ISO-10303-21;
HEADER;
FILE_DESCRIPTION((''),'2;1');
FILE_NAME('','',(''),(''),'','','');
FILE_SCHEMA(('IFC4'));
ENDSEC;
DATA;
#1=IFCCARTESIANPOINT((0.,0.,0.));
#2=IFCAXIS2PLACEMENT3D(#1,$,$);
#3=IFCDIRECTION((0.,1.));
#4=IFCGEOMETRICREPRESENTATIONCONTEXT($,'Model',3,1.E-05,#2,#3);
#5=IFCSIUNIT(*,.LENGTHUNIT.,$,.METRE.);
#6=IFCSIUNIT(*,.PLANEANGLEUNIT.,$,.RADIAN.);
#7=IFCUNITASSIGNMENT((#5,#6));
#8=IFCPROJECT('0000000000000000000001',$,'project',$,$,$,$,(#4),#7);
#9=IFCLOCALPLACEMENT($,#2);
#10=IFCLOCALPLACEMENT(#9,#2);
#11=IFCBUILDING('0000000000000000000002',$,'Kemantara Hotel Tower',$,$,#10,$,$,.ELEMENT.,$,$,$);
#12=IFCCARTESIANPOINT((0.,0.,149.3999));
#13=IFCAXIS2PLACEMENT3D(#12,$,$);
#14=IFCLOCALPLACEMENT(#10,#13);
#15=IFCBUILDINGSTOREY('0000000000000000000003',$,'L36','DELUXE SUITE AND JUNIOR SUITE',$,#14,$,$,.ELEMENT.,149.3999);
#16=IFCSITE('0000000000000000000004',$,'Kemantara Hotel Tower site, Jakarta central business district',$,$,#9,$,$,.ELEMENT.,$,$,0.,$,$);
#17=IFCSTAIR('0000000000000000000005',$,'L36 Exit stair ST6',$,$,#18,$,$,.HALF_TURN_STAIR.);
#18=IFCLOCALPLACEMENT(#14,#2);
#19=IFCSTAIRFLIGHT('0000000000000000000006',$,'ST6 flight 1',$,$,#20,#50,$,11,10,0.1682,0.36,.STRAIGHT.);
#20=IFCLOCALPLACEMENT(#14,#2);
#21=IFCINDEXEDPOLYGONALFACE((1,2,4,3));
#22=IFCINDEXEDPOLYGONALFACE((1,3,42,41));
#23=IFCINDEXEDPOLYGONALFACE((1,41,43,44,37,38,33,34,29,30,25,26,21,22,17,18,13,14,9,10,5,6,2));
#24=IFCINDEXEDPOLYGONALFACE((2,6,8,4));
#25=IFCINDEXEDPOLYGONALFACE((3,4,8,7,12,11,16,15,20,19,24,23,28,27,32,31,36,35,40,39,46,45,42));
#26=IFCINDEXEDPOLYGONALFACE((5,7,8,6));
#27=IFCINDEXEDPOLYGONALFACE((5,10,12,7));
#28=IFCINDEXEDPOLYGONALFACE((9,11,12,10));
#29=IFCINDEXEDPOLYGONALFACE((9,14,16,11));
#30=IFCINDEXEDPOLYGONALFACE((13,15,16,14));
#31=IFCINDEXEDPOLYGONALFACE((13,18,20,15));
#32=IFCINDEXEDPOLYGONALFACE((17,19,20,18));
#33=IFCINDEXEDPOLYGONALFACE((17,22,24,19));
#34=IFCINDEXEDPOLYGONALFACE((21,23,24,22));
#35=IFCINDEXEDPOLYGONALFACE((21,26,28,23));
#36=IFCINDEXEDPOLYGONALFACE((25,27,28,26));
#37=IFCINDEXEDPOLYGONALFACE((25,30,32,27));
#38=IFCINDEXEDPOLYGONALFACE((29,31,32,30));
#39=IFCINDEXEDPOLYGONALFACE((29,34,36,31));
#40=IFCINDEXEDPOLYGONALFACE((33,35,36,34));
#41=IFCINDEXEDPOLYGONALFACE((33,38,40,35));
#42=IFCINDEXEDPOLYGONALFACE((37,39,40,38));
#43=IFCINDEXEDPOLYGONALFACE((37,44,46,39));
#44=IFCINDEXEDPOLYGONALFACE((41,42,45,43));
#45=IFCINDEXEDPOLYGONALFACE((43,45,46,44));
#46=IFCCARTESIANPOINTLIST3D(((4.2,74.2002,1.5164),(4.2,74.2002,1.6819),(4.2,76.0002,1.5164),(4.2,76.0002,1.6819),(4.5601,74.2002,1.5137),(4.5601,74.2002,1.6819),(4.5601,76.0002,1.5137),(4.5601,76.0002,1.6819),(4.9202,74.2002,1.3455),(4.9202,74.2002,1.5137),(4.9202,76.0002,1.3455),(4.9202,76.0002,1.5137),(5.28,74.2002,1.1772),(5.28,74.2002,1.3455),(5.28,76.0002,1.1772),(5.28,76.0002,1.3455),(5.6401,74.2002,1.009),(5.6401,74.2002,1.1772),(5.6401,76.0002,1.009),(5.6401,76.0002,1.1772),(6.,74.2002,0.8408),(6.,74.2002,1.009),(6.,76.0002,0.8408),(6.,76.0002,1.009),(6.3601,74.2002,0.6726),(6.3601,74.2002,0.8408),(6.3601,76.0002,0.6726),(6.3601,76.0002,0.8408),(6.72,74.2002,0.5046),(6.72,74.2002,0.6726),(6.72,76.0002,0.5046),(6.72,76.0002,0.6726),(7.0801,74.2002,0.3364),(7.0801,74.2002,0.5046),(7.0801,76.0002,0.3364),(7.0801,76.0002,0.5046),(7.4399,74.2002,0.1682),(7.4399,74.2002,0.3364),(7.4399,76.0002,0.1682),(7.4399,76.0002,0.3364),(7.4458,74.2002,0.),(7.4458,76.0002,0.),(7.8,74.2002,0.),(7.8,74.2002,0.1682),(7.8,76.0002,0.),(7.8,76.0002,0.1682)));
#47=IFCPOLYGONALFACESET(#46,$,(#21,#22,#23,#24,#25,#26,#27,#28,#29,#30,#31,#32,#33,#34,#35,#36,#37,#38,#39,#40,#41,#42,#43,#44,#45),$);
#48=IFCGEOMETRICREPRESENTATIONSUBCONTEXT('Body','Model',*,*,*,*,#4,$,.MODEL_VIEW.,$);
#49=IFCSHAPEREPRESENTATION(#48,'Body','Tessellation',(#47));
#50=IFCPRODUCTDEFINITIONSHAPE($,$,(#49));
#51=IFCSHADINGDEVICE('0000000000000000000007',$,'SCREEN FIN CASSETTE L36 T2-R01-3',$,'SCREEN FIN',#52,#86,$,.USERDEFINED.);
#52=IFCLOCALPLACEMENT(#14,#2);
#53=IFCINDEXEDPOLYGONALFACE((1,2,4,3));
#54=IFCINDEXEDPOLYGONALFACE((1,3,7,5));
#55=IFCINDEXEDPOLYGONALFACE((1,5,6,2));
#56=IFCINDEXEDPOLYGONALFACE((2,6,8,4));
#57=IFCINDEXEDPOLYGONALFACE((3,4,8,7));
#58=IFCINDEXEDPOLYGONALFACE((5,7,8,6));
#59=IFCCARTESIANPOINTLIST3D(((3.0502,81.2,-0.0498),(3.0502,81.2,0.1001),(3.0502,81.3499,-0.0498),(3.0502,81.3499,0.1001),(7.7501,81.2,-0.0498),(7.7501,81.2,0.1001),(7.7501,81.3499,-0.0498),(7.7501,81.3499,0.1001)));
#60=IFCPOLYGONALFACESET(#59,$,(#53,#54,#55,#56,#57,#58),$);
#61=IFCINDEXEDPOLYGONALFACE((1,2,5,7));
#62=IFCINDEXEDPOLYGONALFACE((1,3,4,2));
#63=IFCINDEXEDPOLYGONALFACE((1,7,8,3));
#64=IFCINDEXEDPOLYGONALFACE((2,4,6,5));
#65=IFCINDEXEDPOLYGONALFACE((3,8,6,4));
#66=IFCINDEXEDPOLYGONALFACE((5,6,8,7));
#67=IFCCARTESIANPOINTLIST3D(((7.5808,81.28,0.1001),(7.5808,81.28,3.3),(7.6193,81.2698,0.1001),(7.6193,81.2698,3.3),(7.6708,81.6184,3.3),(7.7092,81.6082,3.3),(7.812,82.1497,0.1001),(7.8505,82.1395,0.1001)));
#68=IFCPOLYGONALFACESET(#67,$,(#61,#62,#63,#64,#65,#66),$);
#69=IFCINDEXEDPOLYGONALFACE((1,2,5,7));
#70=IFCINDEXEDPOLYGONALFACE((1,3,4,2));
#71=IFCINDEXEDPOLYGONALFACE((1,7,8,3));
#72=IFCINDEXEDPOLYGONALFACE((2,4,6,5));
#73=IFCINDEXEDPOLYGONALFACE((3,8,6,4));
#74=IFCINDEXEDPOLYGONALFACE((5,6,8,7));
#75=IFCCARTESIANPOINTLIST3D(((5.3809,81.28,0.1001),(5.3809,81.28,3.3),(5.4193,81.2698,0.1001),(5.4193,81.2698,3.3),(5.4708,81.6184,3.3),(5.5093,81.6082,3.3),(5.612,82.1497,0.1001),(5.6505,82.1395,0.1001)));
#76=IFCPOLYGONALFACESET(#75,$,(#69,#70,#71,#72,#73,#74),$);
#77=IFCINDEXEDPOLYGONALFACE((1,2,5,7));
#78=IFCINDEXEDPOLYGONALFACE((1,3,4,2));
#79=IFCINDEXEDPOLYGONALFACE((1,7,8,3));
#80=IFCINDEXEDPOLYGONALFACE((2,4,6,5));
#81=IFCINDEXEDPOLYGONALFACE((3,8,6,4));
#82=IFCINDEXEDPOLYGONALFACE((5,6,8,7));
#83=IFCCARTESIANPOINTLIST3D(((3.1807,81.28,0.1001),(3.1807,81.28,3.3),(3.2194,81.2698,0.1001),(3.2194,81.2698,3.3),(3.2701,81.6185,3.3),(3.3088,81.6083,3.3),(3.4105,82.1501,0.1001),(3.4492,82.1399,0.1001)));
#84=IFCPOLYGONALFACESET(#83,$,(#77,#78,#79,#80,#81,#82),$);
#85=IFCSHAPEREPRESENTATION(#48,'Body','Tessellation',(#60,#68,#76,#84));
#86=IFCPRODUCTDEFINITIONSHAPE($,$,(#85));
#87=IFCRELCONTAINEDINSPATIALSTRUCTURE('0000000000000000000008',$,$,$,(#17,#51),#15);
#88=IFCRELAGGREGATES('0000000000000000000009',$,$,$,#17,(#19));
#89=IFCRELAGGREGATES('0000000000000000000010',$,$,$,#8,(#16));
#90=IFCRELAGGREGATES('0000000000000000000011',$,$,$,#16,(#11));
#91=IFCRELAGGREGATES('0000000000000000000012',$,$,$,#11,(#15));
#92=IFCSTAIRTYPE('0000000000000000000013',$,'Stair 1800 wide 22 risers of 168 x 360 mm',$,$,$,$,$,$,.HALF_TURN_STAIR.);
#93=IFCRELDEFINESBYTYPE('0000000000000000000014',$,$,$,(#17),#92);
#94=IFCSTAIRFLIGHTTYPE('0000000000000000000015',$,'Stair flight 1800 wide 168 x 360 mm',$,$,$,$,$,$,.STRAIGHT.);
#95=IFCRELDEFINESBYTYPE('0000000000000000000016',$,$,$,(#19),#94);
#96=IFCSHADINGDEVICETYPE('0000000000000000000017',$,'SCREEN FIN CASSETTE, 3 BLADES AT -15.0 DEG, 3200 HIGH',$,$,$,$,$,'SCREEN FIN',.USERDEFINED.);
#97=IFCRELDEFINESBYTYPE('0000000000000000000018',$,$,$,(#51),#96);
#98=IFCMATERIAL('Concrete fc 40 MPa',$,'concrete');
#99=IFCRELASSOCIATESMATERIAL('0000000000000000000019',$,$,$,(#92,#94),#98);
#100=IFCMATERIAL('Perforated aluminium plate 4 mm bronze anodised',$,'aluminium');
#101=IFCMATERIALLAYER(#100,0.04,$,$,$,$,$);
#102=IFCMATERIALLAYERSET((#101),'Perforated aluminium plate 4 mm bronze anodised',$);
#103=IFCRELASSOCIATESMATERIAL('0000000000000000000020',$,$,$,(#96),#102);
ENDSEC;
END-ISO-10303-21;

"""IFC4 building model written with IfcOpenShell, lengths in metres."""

from ifc_helpers import new_model, si_unit, direction, frame, origin, origin_2d, place, context, subcontext, project, spatial, polyline, rectangle, outline, extrude, source, transform, mapped, material, layer, layer_set, type_object, element, aggregate, save


model = new_model("IFC4")

# Units and contexts
model_context = context("Model", 3, precision=1e-05, world=origin(), true_north=direction((0.0, 1.0)))
body_context = subcontext(model_context, "Body", "Model", "MODEL_VIEW")
ifc_project = project(units=[si_unit("LENGTHUNIT", "METRE"), si_unit("PLANEANGLEUNIT", "RADIAN")], contexts=[model_context])

# Site, building, storey
site_placement = place(None, origin())
site = spatial("IfcSite", under=ifc_project, at=site_placement, Name="Kemantara Hotel Tower site, Jakarta central business district", CompositionType="ELEMENT", RefElevation=0.0)
building_placement = place(site_placement, origin())
building = spatial("IfcBuilding", under=site, at=building_placement, Name="Kemantara Hotel Tower", CompositionType="ELEMENT")
storey_placement = place(building_placement, frame((0.0, 0.0, 149.3999)))
storey = spatial("IfcBuildingStorey", under=building, at=storey_placement, Name="L36", Description="DELUXE SUITE AND JUNIOR SUITE", CompositionType="ELEMENT", Elevation=149.3999)

# Stair, stair flight
ifc_material_1 = material(Name="Concrete fc 40 MPa", Category="concrete")
stair_type = type_object("IfcStairType", Name="Stair 1800 wide 22 risers of 168 x 360 mm", PredefinedType="HALF_TURN_STAIR", material=ifc_material_1)
stair_placement = place(storey_placement, origin())
stair = element("IfcStair", 1, at=stair_placement, inside=storey, type_object=stair_type, Name="L36 Exit stair ST6", PredefinedType="HALF_TURN_STAIR")
stair_flight_type = type_object("IfcStairFlightType", Name="Stair flight 1800 wide 168 x 360 mm", PredefinedType="STRAIGHT", material=ifc_material_1)
stair_flight_placement = place(storey_placement, frame((7.8, 75.1001, 0.0), z_axis=(0.0, 0.0, 1.0), x_axis=(-1.0, 0.0, 0.0)))
stair_flight = element("IfcStairFlight", 2, at=stair_flight_placement, type_object=stair_flight_type, Name="ST6 flight 1", NumberOfRisers=11, NumberOfTreads=10, PredefinedType="STRAIGHT", RiserHeight=0.1682, TreadLength=0.36, context=body_context, shape_type="SweptSolid", body=[
    extrude(outline(polyline([(0.0, 0.0), (0.0, 0.1682), (0.3601, 0.1682), (0.3601, 0.3364), (0.72, 0.3364), (0.72, 0.5046), (1.0801, 0.5046), (1.0801, 0.6726), (1.4399, 0.6726), (1.4399, 0.8408), (1.8, 0.8408), (1.8, 1.009), (2.1599, 1.009), (2.1599, 1.1772), (2.52, 1.1772), (2.52, 1.3455), (2.8799, 1.3455), (2.8799, 1.5137), (3.24, 1.5137), (3.24, 1.6819), (3.6001, 1.6819), (3.6001, 1.8501), (3.6001, 1.5164), (0.3542, 0.0), (0.0, 0.0)])), frame((0.0, 0.8999, 0.0), z_axis=(0.0, -1.0, 0.0), x_axis=(1.0, 0.0, 0.0)), (0.0, 0.0, 1.0), 1.8),
])
aggregate(stair, [stair_flight])

# Shading device
ifc_material_2 = material(Name="Perforated aluminium plate 4 mm bronze anodised", Category="aluminium")
ifc_layer_1 = layer(ifc_material_2, 0.04)
ifc_layer_set_1 = layer_set([ifc_layer_1], Name="Perforated aluminium plate 4 mm bronze anodised")
shading_device_type = type_object("IfcShadingDeviceType", Name="SCREEN FIN CASSETTE, 3 BLADES AT -15.0 DEG, 3200 HIGH", ElementType="SCREEN FIN", PredefinedType="USERDEFINED", material=ifc_layer_set_1)
shared_shape_1 = source(origin(), body_context, "Body", "SweptSolid", [
    extrude(rectangle(XDim=4.7, YDim=0.1499, at=origin_2d()), frame((2.2, -0.075, -0.1499), z_axis=(0.0, 0.0, 1.0), x_axis=(1.0, 0.0, 0.0)), (0.0, 0.0, 1.0), 0.1499),
    extrude(outline(polyline([(0.0, 0.0), (0.8999, 0.0), (0.3501, 3.2), (0.0, 3.2), (0.0, 0.0)])), frame((0.0193, -0.0801, 0.0), z_axis=(-0.966438, 0.256901, 0.0), x_axis=(-0.256901, -0.966438, 0.0)), (0.0, 0.0, 1.0), 0.0398),
    extrude(outline(polyline([(0.0, 0.0), (0.8999, 0.0), (0.3501, 3.2), (0.0, 3.2), (0.0, 0.0)])), frame((2.2192, -0.0801, 0.0), z_axis=(-0.966438, 0.256901, 0.0), x_axis=(-0.256901, -0.966438, 0.0)), (0.0, 0.0, 1.0), 0.0398),
    extrude(outline(polyline([(0.0, 0.0), (0.8999, 0.0), (0.3501, 3.2), (0.0, 3.2), (0.0, 0.0)])), frame((4.4194, -0.0801, 0.0), z_axis=(-0.966838, 0.255391, 0.0), x_axis=(-0.255391, -0.966838, 0.0)), (0.0, 0.0, 1.0), 0.04),
])
shading_device_placement = place(storey_placement, frame((7.6001, 81.2, 0.1001), z_axis=(0.0, 0.0, 1.0), x_axis=(-1.0, 0.0, 0.0)))
element("IfcShadingDevice", 3, at=shading_device_placement, inside=storey, type_object=shading_device_type, Name="SCREEN FIN CASSETTE L36 T2-R01-3", ObjectType="SCREEN FIN", PredefinedType="USERDEFINED", context=body_context, shape_type="MappedRepresentation", body=[
    mapped(shared_shape_1, transform((0.0, 0.0, 0.0))),
])

save(model, "model.ifc")
